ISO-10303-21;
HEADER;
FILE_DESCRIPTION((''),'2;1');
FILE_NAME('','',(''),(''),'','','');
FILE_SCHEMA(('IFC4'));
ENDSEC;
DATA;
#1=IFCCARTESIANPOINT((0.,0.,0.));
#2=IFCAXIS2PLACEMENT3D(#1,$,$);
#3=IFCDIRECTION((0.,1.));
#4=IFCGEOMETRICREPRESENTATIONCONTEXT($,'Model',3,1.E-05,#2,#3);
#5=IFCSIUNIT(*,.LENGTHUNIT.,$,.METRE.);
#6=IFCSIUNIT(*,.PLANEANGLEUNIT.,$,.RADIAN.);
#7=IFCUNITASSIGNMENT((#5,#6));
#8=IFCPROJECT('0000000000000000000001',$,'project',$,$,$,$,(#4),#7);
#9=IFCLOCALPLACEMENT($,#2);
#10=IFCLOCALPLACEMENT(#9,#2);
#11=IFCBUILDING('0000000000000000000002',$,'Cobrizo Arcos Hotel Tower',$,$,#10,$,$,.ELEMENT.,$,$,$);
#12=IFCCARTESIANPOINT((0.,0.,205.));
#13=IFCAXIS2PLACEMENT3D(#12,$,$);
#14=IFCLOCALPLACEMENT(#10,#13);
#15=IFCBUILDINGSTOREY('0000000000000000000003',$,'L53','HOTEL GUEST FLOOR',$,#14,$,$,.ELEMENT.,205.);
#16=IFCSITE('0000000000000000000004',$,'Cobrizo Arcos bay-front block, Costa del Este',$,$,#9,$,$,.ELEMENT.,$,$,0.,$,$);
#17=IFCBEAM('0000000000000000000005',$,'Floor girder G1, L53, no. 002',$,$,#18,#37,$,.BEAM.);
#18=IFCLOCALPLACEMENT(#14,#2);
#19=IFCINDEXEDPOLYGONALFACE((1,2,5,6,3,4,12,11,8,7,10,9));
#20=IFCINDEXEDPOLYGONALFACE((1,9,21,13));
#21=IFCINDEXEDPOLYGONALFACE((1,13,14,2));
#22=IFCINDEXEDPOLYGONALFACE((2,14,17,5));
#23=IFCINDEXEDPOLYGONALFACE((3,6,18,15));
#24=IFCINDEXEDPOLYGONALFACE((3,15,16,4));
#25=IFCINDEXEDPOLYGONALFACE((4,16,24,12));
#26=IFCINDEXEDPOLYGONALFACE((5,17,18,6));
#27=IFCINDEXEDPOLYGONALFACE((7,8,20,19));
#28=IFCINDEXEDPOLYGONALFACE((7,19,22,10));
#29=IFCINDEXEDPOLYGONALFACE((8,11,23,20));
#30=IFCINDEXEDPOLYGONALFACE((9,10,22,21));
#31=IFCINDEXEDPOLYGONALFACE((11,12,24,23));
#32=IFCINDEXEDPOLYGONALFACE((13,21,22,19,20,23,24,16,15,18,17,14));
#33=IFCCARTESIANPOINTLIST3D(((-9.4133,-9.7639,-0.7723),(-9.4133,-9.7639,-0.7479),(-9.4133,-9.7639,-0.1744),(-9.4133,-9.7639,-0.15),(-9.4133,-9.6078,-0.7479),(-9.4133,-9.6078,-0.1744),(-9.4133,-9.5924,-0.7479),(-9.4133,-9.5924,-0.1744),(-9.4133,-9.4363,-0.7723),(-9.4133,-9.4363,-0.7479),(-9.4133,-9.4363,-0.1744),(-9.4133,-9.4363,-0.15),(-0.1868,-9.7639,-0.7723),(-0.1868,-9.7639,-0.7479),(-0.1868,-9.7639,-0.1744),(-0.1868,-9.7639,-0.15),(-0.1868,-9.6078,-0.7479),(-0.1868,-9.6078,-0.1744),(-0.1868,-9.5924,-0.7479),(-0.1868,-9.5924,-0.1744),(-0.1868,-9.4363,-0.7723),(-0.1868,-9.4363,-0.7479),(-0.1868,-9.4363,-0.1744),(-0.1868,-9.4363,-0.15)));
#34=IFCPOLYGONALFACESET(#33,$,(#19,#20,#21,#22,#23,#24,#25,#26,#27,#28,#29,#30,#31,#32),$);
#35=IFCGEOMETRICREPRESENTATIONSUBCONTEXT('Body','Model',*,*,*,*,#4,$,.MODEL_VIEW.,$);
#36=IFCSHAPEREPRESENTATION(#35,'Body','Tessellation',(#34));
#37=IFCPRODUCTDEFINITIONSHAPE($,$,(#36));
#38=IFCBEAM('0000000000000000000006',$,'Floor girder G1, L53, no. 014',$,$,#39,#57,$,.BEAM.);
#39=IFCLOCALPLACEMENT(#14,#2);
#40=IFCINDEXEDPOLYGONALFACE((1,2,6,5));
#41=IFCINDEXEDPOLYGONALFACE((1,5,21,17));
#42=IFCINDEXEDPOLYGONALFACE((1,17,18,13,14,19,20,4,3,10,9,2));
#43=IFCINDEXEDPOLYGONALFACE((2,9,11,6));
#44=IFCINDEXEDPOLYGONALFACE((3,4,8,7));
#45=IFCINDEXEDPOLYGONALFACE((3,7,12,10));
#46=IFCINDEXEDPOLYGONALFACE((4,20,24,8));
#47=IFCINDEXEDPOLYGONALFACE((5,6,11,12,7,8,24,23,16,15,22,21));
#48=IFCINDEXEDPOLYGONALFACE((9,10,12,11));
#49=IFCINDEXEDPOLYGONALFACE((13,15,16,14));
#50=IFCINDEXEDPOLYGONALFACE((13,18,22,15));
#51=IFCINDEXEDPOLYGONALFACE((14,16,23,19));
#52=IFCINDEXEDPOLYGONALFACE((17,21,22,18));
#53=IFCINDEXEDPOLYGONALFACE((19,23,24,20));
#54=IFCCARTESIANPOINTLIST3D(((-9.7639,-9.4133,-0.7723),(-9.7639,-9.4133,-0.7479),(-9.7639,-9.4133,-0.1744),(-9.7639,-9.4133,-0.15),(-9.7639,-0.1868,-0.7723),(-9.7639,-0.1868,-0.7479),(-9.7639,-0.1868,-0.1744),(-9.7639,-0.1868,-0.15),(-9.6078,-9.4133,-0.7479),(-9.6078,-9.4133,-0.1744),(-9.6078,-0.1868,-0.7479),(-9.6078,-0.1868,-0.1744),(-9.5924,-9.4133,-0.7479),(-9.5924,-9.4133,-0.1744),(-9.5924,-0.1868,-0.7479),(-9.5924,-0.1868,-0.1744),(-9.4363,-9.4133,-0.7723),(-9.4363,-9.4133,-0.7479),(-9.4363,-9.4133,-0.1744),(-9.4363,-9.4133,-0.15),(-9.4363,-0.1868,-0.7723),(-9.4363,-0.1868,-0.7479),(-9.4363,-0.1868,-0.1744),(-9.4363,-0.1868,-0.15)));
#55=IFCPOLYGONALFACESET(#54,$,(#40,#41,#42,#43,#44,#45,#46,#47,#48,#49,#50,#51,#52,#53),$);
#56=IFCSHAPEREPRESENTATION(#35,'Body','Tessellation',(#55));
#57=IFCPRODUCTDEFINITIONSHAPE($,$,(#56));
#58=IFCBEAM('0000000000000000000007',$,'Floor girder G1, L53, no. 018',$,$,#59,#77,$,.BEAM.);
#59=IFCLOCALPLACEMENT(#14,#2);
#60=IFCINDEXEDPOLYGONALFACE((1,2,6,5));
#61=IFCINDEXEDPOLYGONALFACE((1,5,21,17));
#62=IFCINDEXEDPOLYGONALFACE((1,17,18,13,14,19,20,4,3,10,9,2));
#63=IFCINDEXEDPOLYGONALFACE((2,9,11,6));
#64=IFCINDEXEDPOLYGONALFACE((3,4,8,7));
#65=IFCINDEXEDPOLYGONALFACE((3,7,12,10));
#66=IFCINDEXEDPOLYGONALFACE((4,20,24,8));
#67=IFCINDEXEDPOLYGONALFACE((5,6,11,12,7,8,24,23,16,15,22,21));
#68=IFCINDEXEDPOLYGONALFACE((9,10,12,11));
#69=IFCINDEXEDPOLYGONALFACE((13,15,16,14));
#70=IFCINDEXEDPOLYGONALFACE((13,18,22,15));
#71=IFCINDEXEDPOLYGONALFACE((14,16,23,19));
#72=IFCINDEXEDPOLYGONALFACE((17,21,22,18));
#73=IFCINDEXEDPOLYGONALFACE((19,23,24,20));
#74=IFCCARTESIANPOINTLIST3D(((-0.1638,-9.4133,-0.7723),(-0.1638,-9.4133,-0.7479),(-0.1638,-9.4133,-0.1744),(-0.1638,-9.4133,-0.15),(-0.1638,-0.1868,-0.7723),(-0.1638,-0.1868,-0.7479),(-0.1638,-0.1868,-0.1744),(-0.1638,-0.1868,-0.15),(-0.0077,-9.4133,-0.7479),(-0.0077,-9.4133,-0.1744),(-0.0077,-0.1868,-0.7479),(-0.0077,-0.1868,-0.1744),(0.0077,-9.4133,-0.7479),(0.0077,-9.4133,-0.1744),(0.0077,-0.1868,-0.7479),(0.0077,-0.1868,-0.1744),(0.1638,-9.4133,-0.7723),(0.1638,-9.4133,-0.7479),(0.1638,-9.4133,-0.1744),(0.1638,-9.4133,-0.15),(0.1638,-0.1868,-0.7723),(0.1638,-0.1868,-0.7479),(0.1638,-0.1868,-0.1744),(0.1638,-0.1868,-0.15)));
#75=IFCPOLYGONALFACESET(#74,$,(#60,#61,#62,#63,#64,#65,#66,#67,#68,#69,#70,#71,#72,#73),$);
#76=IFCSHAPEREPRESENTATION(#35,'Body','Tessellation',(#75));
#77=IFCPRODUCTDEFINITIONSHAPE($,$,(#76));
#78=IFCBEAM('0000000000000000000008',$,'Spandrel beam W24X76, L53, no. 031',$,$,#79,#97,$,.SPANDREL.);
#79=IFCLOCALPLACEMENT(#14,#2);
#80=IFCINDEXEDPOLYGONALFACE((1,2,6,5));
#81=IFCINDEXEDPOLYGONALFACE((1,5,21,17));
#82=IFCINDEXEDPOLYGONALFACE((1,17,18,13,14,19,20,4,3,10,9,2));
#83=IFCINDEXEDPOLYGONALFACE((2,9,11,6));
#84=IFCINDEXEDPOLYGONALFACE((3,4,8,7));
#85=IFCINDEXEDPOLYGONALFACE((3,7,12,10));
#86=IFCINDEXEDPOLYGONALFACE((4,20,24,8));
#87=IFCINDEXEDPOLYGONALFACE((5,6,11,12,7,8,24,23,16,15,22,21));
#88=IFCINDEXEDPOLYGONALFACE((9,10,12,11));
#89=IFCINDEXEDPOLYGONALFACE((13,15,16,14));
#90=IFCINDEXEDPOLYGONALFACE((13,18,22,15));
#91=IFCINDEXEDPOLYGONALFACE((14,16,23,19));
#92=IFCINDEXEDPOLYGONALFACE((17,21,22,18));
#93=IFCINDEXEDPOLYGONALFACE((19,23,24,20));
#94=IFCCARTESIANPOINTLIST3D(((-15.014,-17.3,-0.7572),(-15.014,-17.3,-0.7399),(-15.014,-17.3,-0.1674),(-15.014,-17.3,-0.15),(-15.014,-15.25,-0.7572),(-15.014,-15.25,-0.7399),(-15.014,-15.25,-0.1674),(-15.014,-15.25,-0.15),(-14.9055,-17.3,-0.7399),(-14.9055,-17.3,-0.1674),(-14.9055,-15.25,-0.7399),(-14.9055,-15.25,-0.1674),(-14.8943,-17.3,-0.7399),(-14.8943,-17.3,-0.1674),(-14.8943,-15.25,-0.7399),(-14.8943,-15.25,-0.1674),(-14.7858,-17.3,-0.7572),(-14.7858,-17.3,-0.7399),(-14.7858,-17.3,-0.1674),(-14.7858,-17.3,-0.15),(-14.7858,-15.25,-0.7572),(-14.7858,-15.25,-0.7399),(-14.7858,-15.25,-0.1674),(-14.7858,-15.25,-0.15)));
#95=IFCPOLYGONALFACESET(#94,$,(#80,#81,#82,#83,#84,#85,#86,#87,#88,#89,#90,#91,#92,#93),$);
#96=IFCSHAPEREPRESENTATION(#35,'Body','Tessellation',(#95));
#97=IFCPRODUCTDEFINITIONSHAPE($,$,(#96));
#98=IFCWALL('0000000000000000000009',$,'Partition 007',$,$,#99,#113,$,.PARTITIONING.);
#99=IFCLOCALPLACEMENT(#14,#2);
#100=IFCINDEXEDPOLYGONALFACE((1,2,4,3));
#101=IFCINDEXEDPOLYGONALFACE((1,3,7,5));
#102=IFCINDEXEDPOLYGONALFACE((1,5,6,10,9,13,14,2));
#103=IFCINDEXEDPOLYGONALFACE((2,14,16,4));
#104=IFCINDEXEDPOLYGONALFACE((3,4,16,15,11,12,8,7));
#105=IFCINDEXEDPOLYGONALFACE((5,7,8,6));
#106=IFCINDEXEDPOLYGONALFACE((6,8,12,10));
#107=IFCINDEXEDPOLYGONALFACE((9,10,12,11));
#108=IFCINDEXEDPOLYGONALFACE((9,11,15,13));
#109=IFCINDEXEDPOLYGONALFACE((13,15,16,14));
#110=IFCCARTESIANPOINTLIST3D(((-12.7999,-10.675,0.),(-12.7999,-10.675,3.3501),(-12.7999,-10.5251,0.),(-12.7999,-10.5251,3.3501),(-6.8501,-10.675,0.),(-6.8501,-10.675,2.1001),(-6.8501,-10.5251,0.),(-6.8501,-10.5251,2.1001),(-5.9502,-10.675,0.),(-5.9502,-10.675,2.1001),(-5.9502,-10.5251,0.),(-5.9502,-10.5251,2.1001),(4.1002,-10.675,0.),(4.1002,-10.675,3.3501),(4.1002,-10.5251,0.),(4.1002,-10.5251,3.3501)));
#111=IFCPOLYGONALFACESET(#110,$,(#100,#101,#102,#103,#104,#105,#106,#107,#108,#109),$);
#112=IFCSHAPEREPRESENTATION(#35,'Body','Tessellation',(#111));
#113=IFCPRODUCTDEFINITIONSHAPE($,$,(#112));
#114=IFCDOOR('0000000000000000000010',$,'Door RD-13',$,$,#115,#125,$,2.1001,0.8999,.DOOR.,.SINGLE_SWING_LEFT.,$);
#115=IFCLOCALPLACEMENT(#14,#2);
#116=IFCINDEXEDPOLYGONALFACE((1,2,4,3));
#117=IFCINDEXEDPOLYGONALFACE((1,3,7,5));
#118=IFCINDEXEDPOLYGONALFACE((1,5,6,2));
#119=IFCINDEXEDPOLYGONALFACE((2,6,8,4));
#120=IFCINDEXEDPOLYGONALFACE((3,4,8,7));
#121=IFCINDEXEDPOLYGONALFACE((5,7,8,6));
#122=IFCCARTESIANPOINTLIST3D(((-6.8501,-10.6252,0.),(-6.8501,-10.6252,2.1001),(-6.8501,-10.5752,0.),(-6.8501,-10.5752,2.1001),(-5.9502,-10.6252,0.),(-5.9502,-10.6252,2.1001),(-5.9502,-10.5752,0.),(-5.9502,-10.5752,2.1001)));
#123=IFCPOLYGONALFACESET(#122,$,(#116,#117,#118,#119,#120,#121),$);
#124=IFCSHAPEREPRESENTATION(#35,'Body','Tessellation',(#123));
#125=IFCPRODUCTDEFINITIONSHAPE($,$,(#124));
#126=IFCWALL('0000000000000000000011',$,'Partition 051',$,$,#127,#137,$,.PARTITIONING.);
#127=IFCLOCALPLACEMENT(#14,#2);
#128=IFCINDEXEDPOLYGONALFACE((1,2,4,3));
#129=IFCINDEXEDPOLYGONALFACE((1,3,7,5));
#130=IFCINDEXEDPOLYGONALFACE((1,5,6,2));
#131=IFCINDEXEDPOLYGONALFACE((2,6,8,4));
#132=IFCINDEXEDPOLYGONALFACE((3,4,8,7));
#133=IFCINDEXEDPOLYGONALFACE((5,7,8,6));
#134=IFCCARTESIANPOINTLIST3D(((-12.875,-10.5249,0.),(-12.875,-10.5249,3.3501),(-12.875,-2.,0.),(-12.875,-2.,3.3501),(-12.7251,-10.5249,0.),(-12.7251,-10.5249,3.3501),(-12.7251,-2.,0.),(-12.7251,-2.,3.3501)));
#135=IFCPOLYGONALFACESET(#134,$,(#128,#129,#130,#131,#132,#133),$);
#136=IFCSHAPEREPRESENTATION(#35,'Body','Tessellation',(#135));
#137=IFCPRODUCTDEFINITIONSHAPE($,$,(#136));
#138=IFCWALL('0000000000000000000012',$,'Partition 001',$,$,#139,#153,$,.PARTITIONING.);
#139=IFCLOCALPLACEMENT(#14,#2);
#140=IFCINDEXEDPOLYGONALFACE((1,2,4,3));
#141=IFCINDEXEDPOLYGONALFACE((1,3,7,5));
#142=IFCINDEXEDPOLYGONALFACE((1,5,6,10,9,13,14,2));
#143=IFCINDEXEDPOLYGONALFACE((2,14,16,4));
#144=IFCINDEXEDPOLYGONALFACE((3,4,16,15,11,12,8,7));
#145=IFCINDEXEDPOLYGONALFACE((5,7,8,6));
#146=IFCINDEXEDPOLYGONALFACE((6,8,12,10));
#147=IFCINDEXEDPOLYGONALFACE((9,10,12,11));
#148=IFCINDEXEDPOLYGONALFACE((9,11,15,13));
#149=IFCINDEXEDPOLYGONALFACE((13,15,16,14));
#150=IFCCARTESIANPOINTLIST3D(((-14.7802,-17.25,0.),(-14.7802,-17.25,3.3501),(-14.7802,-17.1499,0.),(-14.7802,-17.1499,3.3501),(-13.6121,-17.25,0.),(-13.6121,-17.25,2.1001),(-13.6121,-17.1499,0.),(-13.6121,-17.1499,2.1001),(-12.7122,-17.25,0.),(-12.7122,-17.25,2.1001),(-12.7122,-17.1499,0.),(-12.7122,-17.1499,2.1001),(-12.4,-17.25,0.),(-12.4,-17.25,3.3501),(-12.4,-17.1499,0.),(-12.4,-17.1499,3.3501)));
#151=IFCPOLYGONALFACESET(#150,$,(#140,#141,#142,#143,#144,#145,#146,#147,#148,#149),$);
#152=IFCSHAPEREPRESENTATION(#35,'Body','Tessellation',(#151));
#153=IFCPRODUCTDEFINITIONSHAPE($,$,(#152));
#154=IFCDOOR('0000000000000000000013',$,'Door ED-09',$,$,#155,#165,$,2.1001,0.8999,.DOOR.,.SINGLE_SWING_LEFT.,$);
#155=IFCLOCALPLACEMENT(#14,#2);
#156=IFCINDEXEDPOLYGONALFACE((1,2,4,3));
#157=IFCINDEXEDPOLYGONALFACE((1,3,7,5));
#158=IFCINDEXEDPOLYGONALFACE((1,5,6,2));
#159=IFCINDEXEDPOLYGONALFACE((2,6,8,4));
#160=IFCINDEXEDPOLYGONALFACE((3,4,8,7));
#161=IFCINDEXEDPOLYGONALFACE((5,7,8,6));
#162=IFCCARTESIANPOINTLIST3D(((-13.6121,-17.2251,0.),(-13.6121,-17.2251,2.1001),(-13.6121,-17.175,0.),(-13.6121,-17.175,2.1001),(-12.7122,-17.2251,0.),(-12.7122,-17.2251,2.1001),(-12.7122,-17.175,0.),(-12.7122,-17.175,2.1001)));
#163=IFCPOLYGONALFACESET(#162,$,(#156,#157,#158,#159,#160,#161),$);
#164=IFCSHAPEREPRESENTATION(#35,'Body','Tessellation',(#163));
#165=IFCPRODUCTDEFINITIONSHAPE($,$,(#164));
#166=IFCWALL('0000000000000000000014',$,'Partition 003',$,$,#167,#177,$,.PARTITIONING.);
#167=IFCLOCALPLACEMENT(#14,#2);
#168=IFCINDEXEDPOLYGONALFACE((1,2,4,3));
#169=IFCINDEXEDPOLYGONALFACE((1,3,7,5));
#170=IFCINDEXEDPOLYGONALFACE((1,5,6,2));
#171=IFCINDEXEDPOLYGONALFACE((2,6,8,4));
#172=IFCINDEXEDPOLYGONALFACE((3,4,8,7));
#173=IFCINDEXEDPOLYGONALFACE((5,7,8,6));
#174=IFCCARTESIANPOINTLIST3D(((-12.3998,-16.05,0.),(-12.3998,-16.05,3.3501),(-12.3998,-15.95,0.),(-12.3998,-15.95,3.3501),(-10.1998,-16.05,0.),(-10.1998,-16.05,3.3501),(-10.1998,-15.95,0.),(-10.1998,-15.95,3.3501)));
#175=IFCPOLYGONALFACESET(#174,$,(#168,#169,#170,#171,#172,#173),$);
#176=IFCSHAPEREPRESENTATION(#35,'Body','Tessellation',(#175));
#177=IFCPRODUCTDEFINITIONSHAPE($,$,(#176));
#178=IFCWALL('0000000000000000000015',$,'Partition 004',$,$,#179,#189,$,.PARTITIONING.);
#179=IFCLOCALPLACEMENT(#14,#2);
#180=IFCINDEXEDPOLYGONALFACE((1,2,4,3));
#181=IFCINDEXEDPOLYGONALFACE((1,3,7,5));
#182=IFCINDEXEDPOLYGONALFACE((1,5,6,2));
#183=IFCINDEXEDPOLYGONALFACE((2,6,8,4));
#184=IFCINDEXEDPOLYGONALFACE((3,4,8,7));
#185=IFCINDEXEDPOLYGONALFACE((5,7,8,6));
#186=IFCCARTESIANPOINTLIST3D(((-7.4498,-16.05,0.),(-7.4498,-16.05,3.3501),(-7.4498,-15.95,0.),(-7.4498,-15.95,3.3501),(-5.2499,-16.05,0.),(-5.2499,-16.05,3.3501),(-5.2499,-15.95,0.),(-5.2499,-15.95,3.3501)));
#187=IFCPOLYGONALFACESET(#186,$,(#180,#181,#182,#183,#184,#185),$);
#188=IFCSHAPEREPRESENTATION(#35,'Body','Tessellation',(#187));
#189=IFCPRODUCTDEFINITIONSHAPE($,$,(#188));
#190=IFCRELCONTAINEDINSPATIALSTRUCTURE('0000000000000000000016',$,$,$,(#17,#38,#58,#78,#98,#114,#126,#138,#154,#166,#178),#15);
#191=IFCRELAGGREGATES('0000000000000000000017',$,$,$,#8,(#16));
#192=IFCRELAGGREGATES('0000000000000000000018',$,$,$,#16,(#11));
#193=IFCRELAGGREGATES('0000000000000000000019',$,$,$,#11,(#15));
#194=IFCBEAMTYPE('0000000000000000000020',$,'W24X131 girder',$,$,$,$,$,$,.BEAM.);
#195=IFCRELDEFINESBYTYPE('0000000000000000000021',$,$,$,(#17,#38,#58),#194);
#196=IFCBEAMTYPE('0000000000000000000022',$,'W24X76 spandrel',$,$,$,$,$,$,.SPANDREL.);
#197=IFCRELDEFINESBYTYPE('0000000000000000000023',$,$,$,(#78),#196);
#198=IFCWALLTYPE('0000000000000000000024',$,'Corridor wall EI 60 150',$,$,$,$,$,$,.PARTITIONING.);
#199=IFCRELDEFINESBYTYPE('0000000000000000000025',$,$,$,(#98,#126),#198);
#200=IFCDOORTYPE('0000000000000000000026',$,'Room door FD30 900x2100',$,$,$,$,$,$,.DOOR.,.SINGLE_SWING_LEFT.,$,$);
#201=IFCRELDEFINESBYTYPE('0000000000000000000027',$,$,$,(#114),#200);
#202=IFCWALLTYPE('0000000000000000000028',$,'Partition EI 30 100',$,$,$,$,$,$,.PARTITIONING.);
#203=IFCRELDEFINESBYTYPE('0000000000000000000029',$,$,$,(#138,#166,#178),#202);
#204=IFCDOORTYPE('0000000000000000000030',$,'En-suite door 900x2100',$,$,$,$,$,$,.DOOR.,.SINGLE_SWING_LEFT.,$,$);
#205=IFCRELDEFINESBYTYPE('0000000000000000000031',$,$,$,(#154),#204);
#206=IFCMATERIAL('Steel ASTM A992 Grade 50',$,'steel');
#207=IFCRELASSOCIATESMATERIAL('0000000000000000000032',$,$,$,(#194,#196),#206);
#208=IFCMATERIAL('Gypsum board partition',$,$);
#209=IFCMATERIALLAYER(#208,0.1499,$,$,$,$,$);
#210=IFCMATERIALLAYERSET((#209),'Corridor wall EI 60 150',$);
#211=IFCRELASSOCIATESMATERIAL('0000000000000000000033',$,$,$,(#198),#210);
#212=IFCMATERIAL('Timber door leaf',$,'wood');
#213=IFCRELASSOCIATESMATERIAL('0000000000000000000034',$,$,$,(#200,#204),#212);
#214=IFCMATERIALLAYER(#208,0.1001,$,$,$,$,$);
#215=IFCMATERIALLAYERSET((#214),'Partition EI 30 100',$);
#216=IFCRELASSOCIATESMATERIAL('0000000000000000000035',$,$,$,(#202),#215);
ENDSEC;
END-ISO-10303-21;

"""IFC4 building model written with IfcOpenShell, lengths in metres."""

from ifc_helpers import new_model, si_unit, direction, frame, frame_2d, origin, origin_2d, place, context, subcontext, project, spatial, rectangle, i_section, extrude, material, layer, layer_set, material_profile, profile_set, type_object, element, fill, save


model = new_model("IFC4")

# Units and contexts
model_context = context("Model", 3, precision=1e-05, world=origin(), true_north=direction((0.0, 1.0)))
body_context = subcontext(model_context, "Body", "Model", "MODEL_VIEW")
ifc_project = project(units=[si_unit("LENGTHUNIT", "METRE"), si_unit("PLANEANGLEUNIT", "RADIAN")], contexts=[model_context])

# Site, building, storey
site_placement = place(None, origin())
site = spatial("IfcSite", under=ifc_project, at=site_placement, Name="Cobrizo Arcos bay-front block, Costa del Este", CompositionType="ELEMENT", RefElevation=0.0)
building_placement = place(site_placement, origin())
building = spatial("IfcBuilding", under=site, at=building_placement, Name="Cobrizo Arcos Hotel Tower", CompositionType="ELEMENT")
storey_placement = place(building_placement, frame((0.0, 0.0, 205.0)))
storey = spatial("IfcBuildingStorey", under=building, at=storey_placement, Name="L53", Description="HOTEL GUEST FLOOR", CompositionType="ELEMENT", Elevation=205.0)

# Shared definitions
ifc_material_1 = material(Name="Steel ASTM A992 Grade 50", Category="steel")

# Beams
ifc_material_profile_1 = material_profile(ifc_material_1, i_section(OverallWidth=0.3276, OverallDepth=0.6223, WebThickness=0.0154, FlangeThickness=0.0244, at=origin_2d()), Name="W24X131")
ifc_profile_set_1 = profile_set([ifc_material_profile_1], Name="Steel ASTM A992 Grade 50")
beam_type_1 = type_object("IfcBeamType", Name="W24X131 girder", PredefinedType="BEAM", material=ifc_profile_set_1)
for number, where, z_axis, x_axis, name in (
    (1, (-9.4133, -9.6001, -0.4612), (1.0, 0.0, 0.0), (0.0, 1.0, 0.0), "Floor girder G1, L53, no. 002"),
    (2, (-9.6001, -9.4133, -0.4612), (0.0, 1.0, 0.0), (-1.0, 0.0, 0.0), "Floor girder G1, L53, no. 014"),
    (3, (0.0, -9.4133, -0.4612), (0.0, 1.0, 0.0), (-1.0, 0.0, 0.0), "Floor girder G1, L53, no. 018"),
):
    element("IfcBeam", number, at=place(storey_placement, frame(where, z_axis=z_axis, x_axis=x_axis)), inside=storey, type_object=beam_type_1, Name=name, PredefinedType="BEAM", context=body_context, shape_type="SweptSolid", body=[
        extrude(i_section(OverallWidth=0.3276, OverallDepth=0.6223, WebThickness=0.0154, FlangeThickness=0.0244, at=origin_2d()), origin(), (0.0, 0.0, 1.0), 9.2266),
    ])
ifc_material_profile_2 = material_profile(ifc_material_1, i_section(OverallWidth=0.2283, OverallDepth=0.6072, WebThickness=0.0112, FlangeThickness=0.0173, at=origin_2d()), Name="W24X76")
ifc_profile_set_2 = profile_set([ifc_material_profile_2], Name="Steel ASTM A992 Grade 50")
beam_type_2 = type_object("IfcBeamType", Name="W24X76 spandrel", PredefinedType="SPANDREL", material=ifc_profile_set_2)
beam_placement = place(storey_placement, frame((-14.8999, -15.25, -0.4536), z_axis=(0.0, -1.0, 0.0), x_axis=(1.0, 0.0, 0.0)))
element("IfcBeam", 4, at=beam_placement, inside=storey, type_object=beam_type_2, Name="Spandrel beam W24X76, L53, no. 031", PredefinedType="SPANDREL", context=body_context, shape_type="SweptSolid", body=[
    extrude(i_section(OverallWidth=0.2283, OverallDepth=0.6072, WebThickness=0.0112, FlangeThickness=0.0173, at=origin_2d()), origin(), (0.0, 0.0, 1.0), 2.05),
])

# Wall, opening, door
ifc_material_2 = material(Name="Gypsum board partition")
ifc_layer_1 = layer(ifc_material_2, 0.1499)
ifc_layer_set_1 = layer_set([ifc_layer_1], Name="Corridor wall EI 60 150")
wall_type_1 = type_object("IfcWallType", Name="Corridor wall EI 60 150", PredefinedType="PARTITIONING", material=ifc_layer_set_1)
wall_1_placement = place(storey_placement, frame((-12.8, -10.6001, 0.0), z_axis=(0.0, 0.0, 1.0), x_axis=(1.0, 0.0, 0.0)))
wall_1 = element("IfcWall", 5, at=wall_1_placement, inside=storey, type_object=wall_type_1, Name="Partition 007", PredefinedType="PARTITIONING", context=body_context, shape_type="SweptSolid", body=[
    extrude(rectangle(XDim=16.9001, YDim=0.1499, at=frame_2d((8.4502, 0.0))), origin(), (0.0, 0.0, 1.0), 3.3501),
])
opening_1_placement = place(wall_1_placement, frame((5.95, 0.0, 0.0)))
opening_1 = element("IfcOpeningElement", 6, at=opening_1_placement, cuts=wall_1, PredefinedType="OPENING", context=body_context, shape_type="SweptSolid", body=[
    extrude(rectangle(XDim=0.8999, YDim=2.1001, at=frame_2d((0.45, 1.05))), frame((0.0, 0.0869, 0.0), z_axis=(0.0, -1.0, 0.0), x_axis=(1.0, 0.0, 0.0)), (0.0, 0.0, 1.0), 0.1738),
])
ifc_material_3 = material(Name="Timber door leaf", Category="wood")
door_type_1 = type_object("IfcDoorType", Name="Room door FD30 900x2100", OperationType="SINGLE_SWING_LEFT", PredefinedType="DOOR", material=ifc_material_3)
door_1_placement = place(opening_1_placement, origin())
door_1 = element("IfcDoor", 7, at=door_1_placement, inside=storey, type_object=door_type_1, Name="Door RD-13", OperationType="SINGLE_SWING_LEFT", OverallHeight=2.1001, OverallWidth=0.8999, PredefinedType="DOOR", context=body_context, shape_type="SweptSolid", body=[
    extrude(rectangle(XDim=0.8999, YDim=2.1001, at=frame_2d((0.45, 1.05))), frame((0.0, 0.0249, 0.0), z_axis=(0.0, -1.0, 0.0), x_axis=(1.0, 0.0, 0.0)), (0.0, 0.0, 1.0), 0.05),
])
fill(opening_1, door_1)

# Wall
wall_2_placement = place(storey_placement, frame((-12.8, -10.5249, 0.0), z_axis=(0.0, 0.0, 1.0), x_axis=(0.0, 1.0, 0.0)))
element("IfcWall", 8, at=wall_2_placement, inside=storey, type_object=wall_type_1, Name="Partition 051", PredefinedType="PARTITIONING", context=body_context, shape_type="SweptSolid", body=[
    extrude(rectangle(XDim=8.5249, YDim=0.1499, at=frame_2d((4.2625, 0.0))), origin(), (0.0, 0.0, 1.0), 3.3501),
])

# Wall, opening, door
ifc_layer_2 = layer(ifc_material_2, 0.1001)
ifc_layer_set_2 = layer_set([ifc_layer_2], Name="Partition EI 30 100")
wall_type_2 = type_object("IfcWallType", Name="Partition EI 30 100", PredefinedType="PARTITIONING", material=ifc_layer_set_2)
wall_3_placement = place(storey_placement, frame((-14.78, -17.2, 0.0), z_axis=(0.0, 0.0, 1.0), x_axis=(1.0, 0.0, 0.0)))
wall_3 = element("IfcWall", 9, at=wall_3_placement, inside=storey, type_object=wall_type_2, Name="Partition 001", PredefinedType="PARTITIONING", context=body_context, shape_type="SweptSolid", body=[
    extrude(rectangle(XDim=2.3801, YDim=0.1001, at=frame_2d((1.1899, 0.0))), origin(), (0.0, 0.0, 1.0), 3.3501),
])
opening_2_placement = place(wall_3_placement, frame((1.168, 0.0, 0.0)))
opening_2 = element("IfcOpeningElement", 10, at=opening_2_placement, cuts=wall_3, PredefinedType="OPENING", context=body_context, shape_type="SweptSolid", body=[
    extrude(rectangle(XDim=0.8999, YDim=2.1001, at=frame_2d((0.45, 1.05))), frame((0.0, 0.062, 0.0), z_axis=(0.0, -1.0, 0.0), x_axis=(1.0, 0.0, 0.0)), (0.0, 0.0, 1.0), 0.124),
])
door_type_2 = type_object("IfcDoorType", Name="En-suite door 900x2100", OperationType="SINGLE_SWING_LEFT", PredefinedType="DOOR", material=ifc_material_3)
door_2_placement = place(opening_2_placement, origin())
door_2 = element("IfcDoor", 11, at=door_2_placement, inside=storey, type_object=door_type_2, Name="Door ED-09", OperationType="SINGLE_SWING_LEFT", OverallHeight=2.1001, OverallWidth=0.8999, PredefinedType="DOOR", context=body_context, shape_type="SweptSolid", body=[
    extrude(rectangle(XDim=0.8999, YDim=2.1001, at=frame_2d((0.45, 1.05))), frame((0.0, 0.0249, 0.0), z_axis=(0.0, -1.0, 0.0), x_axis=(1.0, 0.0, 0.0)), (0.0, 0.0, 1.0), 0.05),
])
fill(opening_2, door_2)

# Walls
for number, where, z_axis, x_axis, name in (
    (12, (-12.3999, -16.0, 0.0), (0.0, 0.0, 1.0), (1.0, 0.0, 0.0), "Partition 003"),
    (13, (-7.45, -16.0, 0.0), (0.0, 0.0, 1.0), (1.0, 0.0, 0.0), "Partition 004"),
):
    element("IfcWall", number, at=place(storey_placement, frame(where, z_axis=z_axis, x_axis=x_axis)), inside=storey, type_object=wall_type_2, Name=name, PredefinedType="PARTITIONING", context=body_context, shape_type="SweptSolid", body=[
        extrude(rectangle(XDim=2.2, YDim=0.1001, at=frame_2d((1.1001, 0.0))), origin(), (0.0, 0.0, 1.0), 3.3501),
    ])

save(model, "model.ifc")
